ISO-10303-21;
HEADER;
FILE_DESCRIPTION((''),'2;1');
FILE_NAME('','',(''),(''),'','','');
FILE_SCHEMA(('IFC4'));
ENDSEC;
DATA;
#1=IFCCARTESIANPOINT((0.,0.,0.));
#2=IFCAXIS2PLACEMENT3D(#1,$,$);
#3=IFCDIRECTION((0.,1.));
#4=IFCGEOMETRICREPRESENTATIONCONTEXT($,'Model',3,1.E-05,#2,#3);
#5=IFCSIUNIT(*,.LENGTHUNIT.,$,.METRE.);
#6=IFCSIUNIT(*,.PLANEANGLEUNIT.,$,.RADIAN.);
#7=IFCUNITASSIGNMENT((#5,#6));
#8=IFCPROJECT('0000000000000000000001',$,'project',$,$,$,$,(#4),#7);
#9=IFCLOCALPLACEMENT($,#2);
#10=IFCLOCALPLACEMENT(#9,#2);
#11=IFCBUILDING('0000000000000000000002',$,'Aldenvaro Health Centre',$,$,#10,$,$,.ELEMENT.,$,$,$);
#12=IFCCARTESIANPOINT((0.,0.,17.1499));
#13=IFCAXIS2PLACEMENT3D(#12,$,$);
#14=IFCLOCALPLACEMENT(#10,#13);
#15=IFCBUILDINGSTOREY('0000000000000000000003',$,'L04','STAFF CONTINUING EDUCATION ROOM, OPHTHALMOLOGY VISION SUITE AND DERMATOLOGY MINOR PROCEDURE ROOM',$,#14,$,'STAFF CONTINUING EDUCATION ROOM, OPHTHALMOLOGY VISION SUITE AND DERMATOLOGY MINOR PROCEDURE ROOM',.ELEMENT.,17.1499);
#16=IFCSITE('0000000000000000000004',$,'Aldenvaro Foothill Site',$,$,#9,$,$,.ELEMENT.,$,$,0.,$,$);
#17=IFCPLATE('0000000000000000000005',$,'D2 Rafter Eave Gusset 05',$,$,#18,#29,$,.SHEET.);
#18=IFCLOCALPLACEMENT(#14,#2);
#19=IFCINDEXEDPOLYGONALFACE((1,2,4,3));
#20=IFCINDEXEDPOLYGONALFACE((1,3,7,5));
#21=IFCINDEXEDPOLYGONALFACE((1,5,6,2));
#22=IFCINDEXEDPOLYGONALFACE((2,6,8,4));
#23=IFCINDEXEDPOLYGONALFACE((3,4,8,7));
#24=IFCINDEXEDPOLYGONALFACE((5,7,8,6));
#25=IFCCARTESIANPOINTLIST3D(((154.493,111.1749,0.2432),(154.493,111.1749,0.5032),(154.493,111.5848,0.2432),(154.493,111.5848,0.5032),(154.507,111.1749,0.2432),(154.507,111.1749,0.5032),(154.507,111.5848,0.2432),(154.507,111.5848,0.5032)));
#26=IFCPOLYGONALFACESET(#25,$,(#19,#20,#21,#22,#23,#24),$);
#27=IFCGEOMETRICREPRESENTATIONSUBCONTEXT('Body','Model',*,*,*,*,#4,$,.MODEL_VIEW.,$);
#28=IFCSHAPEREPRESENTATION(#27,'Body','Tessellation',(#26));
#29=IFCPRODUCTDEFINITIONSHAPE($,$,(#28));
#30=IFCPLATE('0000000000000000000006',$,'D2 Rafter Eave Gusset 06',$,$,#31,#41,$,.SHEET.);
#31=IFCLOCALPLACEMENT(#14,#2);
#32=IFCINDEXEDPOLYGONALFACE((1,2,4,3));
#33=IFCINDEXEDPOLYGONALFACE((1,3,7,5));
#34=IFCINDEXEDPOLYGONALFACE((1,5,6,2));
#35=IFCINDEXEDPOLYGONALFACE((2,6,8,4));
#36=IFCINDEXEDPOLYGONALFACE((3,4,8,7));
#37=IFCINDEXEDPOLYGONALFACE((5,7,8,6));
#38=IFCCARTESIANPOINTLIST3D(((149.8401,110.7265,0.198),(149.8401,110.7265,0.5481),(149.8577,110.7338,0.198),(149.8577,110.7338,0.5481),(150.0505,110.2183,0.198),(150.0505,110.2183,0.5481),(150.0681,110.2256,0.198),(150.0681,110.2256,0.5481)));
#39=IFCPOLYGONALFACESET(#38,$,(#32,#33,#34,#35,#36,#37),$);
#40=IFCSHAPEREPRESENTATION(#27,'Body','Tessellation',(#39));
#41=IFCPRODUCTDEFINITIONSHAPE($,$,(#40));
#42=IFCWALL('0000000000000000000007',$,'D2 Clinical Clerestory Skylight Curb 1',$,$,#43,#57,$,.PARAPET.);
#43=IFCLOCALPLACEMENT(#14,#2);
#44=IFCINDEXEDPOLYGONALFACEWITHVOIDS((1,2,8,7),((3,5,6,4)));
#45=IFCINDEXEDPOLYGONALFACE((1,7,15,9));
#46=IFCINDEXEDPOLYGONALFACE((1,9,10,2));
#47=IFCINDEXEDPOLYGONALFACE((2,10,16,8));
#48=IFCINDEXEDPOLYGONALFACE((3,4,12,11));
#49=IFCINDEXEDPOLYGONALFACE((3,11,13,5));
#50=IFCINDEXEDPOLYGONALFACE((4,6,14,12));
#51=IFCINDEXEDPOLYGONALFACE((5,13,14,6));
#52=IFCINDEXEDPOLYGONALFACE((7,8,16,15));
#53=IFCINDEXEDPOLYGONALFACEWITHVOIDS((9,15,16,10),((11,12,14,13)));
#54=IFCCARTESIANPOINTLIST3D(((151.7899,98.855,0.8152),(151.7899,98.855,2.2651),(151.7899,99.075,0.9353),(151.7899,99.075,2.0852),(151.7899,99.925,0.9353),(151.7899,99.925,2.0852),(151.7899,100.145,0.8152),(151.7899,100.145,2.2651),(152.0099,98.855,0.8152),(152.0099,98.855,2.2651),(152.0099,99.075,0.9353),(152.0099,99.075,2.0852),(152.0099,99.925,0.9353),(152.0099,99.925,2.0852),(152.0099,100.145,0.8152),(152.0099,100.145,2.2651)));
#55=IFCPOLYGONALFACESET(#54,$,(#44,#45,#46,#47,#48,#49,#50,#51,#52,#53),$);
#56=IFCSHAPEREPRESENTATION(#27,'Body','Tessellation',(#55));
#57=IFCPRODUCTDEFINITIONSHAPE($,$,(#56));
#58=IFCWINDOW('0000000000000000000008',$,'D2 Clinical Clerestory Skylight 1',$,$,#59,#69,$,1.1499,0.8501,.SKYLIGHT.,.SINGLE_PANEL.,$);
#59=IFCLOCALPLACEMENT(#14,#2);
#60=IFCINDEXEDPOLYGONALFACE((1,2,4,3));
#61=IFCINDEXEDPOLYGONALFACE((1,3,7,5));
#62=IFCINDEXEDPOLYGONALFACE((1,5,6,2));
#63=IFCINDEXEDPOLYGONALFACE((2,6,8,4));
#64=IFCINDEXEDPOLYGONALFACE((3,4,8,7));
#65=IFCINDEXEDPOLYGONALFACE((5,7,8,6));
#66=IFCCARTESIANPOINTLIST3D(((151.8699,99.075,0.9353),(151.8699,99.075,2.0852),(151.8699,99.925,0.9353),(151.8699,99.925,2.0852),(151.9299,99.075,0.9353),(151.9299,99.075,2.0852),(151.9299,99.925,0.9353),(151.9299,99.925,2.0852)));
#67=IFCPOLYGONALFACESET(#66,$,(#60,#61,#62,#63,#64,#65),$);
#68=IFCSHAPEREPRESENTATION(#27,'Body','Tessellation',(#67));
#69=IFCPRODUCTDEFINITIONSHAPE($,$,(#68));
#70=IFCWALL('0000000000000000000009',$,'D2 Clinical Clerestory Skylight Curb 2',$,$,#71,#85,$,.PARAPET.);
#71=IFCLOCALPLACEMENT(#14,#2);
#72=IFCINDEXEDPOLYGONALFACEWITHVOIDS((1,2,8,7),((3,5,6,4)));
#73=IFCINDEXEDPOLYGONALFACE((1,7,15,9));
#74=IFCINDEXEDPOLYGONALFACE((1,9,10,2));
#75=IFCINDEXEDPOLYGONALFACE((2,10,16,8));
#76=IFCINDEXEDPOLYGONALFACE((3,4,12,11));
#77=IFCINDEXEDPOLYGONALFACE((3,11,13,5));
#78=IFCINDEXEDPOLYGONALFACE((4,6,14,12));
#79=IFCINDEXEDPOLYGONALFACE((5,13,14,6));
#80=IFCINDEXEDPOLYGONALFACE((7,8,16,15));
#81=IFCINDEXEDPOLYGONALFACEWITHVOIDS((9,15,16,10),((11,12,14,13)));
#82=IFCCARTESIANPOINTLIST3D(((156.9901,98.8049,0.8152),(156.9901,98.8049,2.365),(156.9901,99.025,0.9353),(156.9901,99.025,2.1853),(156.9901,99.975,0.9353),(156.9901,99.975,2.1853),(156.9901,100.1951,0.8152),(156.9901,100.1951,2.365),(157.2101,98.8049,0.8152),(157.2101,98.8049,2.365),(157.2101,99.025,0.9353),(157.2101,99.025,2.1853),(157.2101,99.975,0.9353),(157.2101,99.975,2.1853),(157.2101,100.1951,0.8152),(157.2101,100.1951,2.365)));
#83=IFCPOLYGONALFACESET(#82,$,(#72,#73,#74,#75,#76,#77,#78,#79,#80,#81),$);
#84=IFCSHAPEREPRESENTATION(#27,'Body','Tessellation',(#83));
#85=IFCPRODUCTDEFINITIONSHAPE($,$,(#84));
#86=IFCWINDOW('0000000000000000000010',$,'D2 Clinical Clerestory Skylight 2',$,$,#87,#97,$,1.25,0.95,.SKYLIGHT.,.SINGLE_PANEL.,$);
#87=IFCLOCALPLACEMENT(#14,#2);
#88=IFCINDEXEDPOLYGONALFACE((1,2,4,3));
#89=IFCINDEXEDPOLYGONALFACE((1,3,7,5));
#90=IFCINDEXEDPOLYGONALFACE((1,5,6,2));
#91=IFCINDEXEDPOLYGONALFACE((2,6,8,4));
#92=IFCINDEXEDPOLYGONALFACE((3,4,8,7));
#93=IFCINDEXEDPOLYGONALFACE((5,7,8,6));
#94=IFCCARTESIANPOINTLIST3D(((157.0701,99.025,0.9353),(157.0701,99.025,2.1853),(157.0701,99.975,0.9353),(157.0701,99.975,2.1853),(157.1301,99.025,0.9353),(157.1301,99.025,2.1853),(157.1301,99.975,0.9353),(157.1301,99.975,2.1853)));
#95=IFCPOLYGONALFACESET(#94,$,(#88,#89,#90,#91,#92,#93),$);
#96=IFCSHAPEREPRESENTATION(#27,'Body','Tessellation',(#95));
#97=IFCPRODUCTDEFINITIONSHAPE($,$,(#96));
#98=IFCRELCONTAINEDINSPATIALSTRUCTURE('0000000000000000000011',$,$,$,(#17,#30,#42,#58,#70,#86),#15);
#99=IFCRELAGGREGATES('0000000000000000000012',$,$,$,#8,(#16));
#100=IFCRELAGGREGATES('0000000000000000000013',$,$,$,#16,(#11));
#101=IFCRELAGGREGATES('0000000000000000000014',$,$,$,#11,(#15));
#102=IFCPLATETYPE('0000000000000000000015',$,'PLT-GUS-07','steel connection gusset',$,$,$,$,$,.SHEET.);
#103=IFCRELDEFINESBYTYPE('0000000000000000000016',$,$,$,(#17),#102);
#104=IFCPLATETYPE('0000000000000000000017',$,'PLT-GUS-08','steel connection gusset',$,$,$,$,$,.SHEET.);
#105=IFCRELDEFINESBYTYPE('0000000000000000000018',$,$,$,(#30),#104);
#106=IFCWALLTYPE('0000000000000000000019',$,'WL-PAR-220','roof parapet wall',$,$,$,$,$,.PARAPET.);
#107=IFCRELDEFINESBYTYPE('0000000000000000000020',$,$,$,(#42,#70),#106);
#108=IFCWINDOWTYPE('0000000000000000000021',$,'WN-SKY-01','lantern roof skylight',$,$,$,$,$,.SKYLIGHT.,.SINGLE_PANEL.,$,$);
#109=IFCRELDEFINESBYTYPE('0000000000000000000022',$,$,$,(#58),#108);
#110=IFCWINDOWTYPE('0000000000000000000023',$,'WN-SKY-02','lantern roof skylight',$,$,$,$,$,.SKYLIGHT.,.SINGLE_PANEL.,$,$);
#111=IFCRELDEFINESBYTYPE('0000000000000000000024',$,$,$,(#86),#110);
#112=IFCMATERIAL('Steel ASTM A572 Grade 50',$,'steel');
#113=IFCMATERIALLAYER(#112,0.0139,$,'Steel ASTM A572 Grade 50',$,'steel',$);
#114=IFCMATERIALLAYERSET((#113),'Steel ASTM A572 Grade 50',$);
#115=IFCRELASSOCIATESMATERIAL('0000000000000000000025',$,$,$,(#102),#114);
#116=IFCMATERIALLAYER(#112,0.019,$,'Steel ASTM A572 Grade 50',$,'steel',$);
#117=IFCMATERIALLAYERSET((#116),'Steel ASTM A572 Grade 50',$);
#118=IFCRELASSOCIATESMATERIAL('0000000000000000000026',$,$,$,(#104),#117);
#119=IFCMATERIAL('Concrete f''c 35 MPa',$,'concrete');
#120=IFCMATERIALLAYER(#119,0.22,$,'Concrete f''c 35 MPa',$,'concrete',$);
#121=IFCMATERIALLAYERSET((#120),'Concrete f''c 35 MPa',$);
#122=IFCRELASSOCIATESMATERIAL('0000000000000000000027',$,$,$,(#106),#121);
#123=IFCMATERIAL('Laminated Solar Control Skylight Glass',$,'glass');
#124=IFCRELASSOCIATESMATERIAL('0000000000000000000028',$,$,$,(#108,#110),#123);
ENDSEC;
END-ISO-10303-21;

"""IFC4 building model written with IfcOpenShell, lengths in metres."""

from ifc_helpers import new_model, si_unit, direction, frame, frame_2d, origin, origin_2d, place, context, subcontext, project, spatial, rectangle, extrude, material, layer, layer_set, type_object, element, fill, save


model = new_model("IFC4")

# Units and contexts
model_context = context("Model", 3, precision=1e-05, world=origin(), true_north=direction((0.0, 1.0)))
body_context = subcontext(model_context, "Body", "Model", "MODEL_VIEW")
ifc_project = project(units=[si_unit("LENGTHUNIT", "METRE"), si_unit("PLANEANGLEUNIT", "RADIAN")], contexts=[model_context])

# Site, building, storey
site_placement = place(None, origin())
site = spatial("IfcSite", under=ifc_project, at=site_placement, Name="Aldenvaro Foothill Site", CompositionType="ELEMENT", RefElevation=0.0)
building_placement = place(site_placement, origin())
building = spatial("IfcBuilding", under=site, at=building_placement, Name="Aldenvaro Health Centre", CompositionType="ELEMENT")
storey_placement = place(building_placement, frame((0.0, 0.0, 17.1499)))
storey = spatial("IfcBuildingStorey", under=building, at=storey_placement, Name="L04", Description="STAFF CONTINUING EDUCATION ROOM, OPHTHALMOLOGY VISION SUITE AND DERMATOLOGY MINOR PROCEDURE ROOM", LongName="STAFF CONTINUING EDUCATION ROOM, OPHTHALMOLOGY VISION SUITE AND DERMATOLOGY MINOR PROCEDURE ROOM", CompositionType="ELEMENT", Elevation=17.1499)

# Plates
ifc_material_1 = material(Name="Steel ASTM A572 Grade 50", Category="steel")
ifc_layer_1 = layer(ifc_material_1, 0.0139, Name="Steel ASTM A572 Grade 50", Category="steel")
ifc_layer_set_1 = layer_set([ifc_layer_1], Name="Steel ASTM A572 Grade 50")
plate_type_1 = type_object("IfcPlateType", Name="PLT-GUS-07", Description="steel connection gusset", PredefinedType="SHEET", material=ifc_layer_set_1)
plate_1_placement = place(storey_placement, frame((154.5, 111.3799, 0.2432), z_axis=(0.0, 0.0, 1.0), x_axis=(0.0, 1.0, 0.0)))
element("IfcPlate", 1, at=plate_1_placement, inside=storey, type_object=plate_type_1, Name="D2 Rafter Eave Gusset 05", PredefinedType="SHEET", context=body_context, shape_type="SweptSolid", body=[
    extrude(rectangle(XDim=0.4099, YDim=0.0139, at=origin_2d()), origin(), (0.0, 0.0, 1.0), 0.26),
])
ifc_layer_2 = layer(ifc_material_1, 0.019, Name="Steel ASTM A572 Grade 50", Category="steel")
ifc_layer_set_2 = layer_set([ifc_layer_2], Name="Steel ASTM A572 Grade 50")
plate_type_2 = type_object("IfcPlateType", Name="PLT-GUS-08", Description="steel connection gusset", PredefinedType="SHEET", material=ifc_layer_set_2)
plate_2_placement = place(storey_placement, frame((149.9541, 110.4761, 0.198), z_axis=(0.0, 0.0, 1.0), x_axis=(-0.382654, 0.923892, 0.0)))
element("IfcPlate", 2, at=plate_2_placement, inside=storey, type_object=plate_type_2, Name="D2 Rafter Eave Gusset 06", PredefinedType="SHEET", context=body_context, shape_type="SweptSolid", body=[
    extrude(rectangle(XDim=0.55, YDim=0.019, at=origin_2d()), origin(), (0.0, 0.0, 1.0), 0.3501),
])

# Walls, openings, windows
ifc_material_2 = material(Name="Concrete f'c 35 MPa", Category="concrete")
ifc_layer_3 = layer(ifc_material_2, 0.22, Name="Concrete f'c 35 MPa", Category="concrete")
ifc_layer_set_3 = layer_set([ifc_layer_3], Name="Concrete f'c 35 MPa")
wall_type = type_object("IfcWallType", Name="WL-PAR-220", Description="roof parapet wall", PredefinedType="PARAPET", material=ifc_layer_set_3)
wall_1_placement = place(storey_placement, frame((151.8999, 98.855, 0.8152), z_axis=(0.0, 0.0, 1.0), x_axis=(0.0, 1.0, 0.0)))
wall_1 = element("IfcWall", 3, at=wall_1_placement, inside=storey, type_object=wall_type, Name="D2 Clinical Clerestory Skylight Curb 1", PredefinedType="PARAPET", context=body_context, shape_type="SweptSolid", body=[
    extrude(rectangle(XDim=1.29, YDim=0.22, at=frame_2d((0.645, 0.0))), origin(), (0.0, 0.0, 1.0), 1.45),
])
opening_1_placement = place(wall_1_placement, frame((0.22, 0.0, 0.1201)))
opening_1 = element("IfcOpeningElement", 4, at=opening_1_placement, cuts=wall_1, PredefinedType="OPENING", context=body_context, shape_type="SweptSolid", body=[
    extrude(rectangle(XDim=0.8501, YDim=1.1499, at=frame_2d((0.425, 0.575))), frame((0.0, 0.1201, 0.0), z_axis=(0.0, -1.0, 0.0), x_axis=(1.0, 0.0, 0.0)), (0.0, 0.0, 1.0), 0.24),
])
ifc_material_3 = material(Name="Laminated Solar Control Skylight Glass", Category="glass")
window_type_1 = type_object("IfcWindowType", Name="WN-SKY-01", Description="lantern roof skylight", PartitioningType="SINGLE_PANEL", PredefinedType="SKYLIGHT", material=ifc_material_3)
window_1_placement = place(opening_1_placement, origin())
window_1 = element("IfcWindow", 5, at=window_1_placement, inside=storey, type_object=window_type_1, Name="D2 Clinical Clerestory Skylight 1", OverallHeight=1.1499, OverallWidth=0.8501, PartitioningType="SINGLE_PANEL", PredefinedType="SKYLIGHT", context=body_context, shape_type="SweptSolid", body=[
    extrude(rectangle(XDim=0.8501, YDim=1.1499, at=frame_2d((0.425, 0.575))), frame((0.0, 0.03, 0.0), z_axis=(0.0, -1.0, 0.0), x_axis=(1.0, 0.0, 0.0)), (0.0, 0.0, 1.0), 0.0601),
])
fill(opening_1, window_1)
wall_2_placement = place(storey_placement, frame((157.1001, 100.1951, 0.8152), z_axis=(0.0, 0.0, 1.0), x_axis=(0.0, -1.0, 0.0)))
wall_2 = element("IfcWall", 6, at=wall_2_placement, inside=storey, type_object=wall_type, Name="D2 Clinical Clerestory Skylight Curb 2", PredefinedType="PARAPET", context=body_context, shape_type="SweptSolid", body=[
    extrude(rectangle(XDim=1.3901, YDim=0.22, at=frame_2d((0.6951, 0.0))), origin(), (0.0, 0.0, 1.0), 1.5498),
])
opening_2_placement = place(wall_2_placement, frame((0.22, 0.0, 0.1201)))
opening_2 = element("IfcOpeningElement", 7, at=opening_2_placement, cuts=wall_2, PredefinedType="OPENING", context=body_context, shape_type="SweptSolid", body=[
    extrude(rectangle(XDim=0.95, YDim=1.25, at=frame_2d((0.4751, 0.625))), frame((0.0, 0.1201, 0.0), z_axis=(0.0, -1.0, 0.0), x_axis=(1.0, 0.0, 0.0)), (0.0, 0.0, 1.0), 0.24),
])
window_type_2 = type_object("IfcWindowType", Name="WN-SKY-02", Description="lantern roof skylight", PartitioningType="SINGLE_PANEL", PredefinedType="SKYLIGHT", material=ifc_material_3)
window_2_placement = place(opening_2_placement, origin())
window_2 = element("IfcWindow", 8, at=window_2_placement, inside=storey, type_object=window_type_2, Name="D2 Clinical Clerestory Skylight 2", OverallHeight=1.25, OverallWidth=0.95, PartitioningType="SINGLE_PANEL", PredefinedType="SKYLIGHT", context=body_context, shape_type="SweptSolid", body=[
    extrude(rectangle(XDim=0.95, YDim=1.25, at=frame_2d((0.4751, 0.625))), frame((0.0, 0.03, 0.0), z_axis=(0.0, -1.0, 0.0), x_axis=(1.0, 0.0, 0.0)), (0.0, 0.0, 1.0), 0.0601),
])
fill(opening_2, window_2)

save(model, "model.ifc")
